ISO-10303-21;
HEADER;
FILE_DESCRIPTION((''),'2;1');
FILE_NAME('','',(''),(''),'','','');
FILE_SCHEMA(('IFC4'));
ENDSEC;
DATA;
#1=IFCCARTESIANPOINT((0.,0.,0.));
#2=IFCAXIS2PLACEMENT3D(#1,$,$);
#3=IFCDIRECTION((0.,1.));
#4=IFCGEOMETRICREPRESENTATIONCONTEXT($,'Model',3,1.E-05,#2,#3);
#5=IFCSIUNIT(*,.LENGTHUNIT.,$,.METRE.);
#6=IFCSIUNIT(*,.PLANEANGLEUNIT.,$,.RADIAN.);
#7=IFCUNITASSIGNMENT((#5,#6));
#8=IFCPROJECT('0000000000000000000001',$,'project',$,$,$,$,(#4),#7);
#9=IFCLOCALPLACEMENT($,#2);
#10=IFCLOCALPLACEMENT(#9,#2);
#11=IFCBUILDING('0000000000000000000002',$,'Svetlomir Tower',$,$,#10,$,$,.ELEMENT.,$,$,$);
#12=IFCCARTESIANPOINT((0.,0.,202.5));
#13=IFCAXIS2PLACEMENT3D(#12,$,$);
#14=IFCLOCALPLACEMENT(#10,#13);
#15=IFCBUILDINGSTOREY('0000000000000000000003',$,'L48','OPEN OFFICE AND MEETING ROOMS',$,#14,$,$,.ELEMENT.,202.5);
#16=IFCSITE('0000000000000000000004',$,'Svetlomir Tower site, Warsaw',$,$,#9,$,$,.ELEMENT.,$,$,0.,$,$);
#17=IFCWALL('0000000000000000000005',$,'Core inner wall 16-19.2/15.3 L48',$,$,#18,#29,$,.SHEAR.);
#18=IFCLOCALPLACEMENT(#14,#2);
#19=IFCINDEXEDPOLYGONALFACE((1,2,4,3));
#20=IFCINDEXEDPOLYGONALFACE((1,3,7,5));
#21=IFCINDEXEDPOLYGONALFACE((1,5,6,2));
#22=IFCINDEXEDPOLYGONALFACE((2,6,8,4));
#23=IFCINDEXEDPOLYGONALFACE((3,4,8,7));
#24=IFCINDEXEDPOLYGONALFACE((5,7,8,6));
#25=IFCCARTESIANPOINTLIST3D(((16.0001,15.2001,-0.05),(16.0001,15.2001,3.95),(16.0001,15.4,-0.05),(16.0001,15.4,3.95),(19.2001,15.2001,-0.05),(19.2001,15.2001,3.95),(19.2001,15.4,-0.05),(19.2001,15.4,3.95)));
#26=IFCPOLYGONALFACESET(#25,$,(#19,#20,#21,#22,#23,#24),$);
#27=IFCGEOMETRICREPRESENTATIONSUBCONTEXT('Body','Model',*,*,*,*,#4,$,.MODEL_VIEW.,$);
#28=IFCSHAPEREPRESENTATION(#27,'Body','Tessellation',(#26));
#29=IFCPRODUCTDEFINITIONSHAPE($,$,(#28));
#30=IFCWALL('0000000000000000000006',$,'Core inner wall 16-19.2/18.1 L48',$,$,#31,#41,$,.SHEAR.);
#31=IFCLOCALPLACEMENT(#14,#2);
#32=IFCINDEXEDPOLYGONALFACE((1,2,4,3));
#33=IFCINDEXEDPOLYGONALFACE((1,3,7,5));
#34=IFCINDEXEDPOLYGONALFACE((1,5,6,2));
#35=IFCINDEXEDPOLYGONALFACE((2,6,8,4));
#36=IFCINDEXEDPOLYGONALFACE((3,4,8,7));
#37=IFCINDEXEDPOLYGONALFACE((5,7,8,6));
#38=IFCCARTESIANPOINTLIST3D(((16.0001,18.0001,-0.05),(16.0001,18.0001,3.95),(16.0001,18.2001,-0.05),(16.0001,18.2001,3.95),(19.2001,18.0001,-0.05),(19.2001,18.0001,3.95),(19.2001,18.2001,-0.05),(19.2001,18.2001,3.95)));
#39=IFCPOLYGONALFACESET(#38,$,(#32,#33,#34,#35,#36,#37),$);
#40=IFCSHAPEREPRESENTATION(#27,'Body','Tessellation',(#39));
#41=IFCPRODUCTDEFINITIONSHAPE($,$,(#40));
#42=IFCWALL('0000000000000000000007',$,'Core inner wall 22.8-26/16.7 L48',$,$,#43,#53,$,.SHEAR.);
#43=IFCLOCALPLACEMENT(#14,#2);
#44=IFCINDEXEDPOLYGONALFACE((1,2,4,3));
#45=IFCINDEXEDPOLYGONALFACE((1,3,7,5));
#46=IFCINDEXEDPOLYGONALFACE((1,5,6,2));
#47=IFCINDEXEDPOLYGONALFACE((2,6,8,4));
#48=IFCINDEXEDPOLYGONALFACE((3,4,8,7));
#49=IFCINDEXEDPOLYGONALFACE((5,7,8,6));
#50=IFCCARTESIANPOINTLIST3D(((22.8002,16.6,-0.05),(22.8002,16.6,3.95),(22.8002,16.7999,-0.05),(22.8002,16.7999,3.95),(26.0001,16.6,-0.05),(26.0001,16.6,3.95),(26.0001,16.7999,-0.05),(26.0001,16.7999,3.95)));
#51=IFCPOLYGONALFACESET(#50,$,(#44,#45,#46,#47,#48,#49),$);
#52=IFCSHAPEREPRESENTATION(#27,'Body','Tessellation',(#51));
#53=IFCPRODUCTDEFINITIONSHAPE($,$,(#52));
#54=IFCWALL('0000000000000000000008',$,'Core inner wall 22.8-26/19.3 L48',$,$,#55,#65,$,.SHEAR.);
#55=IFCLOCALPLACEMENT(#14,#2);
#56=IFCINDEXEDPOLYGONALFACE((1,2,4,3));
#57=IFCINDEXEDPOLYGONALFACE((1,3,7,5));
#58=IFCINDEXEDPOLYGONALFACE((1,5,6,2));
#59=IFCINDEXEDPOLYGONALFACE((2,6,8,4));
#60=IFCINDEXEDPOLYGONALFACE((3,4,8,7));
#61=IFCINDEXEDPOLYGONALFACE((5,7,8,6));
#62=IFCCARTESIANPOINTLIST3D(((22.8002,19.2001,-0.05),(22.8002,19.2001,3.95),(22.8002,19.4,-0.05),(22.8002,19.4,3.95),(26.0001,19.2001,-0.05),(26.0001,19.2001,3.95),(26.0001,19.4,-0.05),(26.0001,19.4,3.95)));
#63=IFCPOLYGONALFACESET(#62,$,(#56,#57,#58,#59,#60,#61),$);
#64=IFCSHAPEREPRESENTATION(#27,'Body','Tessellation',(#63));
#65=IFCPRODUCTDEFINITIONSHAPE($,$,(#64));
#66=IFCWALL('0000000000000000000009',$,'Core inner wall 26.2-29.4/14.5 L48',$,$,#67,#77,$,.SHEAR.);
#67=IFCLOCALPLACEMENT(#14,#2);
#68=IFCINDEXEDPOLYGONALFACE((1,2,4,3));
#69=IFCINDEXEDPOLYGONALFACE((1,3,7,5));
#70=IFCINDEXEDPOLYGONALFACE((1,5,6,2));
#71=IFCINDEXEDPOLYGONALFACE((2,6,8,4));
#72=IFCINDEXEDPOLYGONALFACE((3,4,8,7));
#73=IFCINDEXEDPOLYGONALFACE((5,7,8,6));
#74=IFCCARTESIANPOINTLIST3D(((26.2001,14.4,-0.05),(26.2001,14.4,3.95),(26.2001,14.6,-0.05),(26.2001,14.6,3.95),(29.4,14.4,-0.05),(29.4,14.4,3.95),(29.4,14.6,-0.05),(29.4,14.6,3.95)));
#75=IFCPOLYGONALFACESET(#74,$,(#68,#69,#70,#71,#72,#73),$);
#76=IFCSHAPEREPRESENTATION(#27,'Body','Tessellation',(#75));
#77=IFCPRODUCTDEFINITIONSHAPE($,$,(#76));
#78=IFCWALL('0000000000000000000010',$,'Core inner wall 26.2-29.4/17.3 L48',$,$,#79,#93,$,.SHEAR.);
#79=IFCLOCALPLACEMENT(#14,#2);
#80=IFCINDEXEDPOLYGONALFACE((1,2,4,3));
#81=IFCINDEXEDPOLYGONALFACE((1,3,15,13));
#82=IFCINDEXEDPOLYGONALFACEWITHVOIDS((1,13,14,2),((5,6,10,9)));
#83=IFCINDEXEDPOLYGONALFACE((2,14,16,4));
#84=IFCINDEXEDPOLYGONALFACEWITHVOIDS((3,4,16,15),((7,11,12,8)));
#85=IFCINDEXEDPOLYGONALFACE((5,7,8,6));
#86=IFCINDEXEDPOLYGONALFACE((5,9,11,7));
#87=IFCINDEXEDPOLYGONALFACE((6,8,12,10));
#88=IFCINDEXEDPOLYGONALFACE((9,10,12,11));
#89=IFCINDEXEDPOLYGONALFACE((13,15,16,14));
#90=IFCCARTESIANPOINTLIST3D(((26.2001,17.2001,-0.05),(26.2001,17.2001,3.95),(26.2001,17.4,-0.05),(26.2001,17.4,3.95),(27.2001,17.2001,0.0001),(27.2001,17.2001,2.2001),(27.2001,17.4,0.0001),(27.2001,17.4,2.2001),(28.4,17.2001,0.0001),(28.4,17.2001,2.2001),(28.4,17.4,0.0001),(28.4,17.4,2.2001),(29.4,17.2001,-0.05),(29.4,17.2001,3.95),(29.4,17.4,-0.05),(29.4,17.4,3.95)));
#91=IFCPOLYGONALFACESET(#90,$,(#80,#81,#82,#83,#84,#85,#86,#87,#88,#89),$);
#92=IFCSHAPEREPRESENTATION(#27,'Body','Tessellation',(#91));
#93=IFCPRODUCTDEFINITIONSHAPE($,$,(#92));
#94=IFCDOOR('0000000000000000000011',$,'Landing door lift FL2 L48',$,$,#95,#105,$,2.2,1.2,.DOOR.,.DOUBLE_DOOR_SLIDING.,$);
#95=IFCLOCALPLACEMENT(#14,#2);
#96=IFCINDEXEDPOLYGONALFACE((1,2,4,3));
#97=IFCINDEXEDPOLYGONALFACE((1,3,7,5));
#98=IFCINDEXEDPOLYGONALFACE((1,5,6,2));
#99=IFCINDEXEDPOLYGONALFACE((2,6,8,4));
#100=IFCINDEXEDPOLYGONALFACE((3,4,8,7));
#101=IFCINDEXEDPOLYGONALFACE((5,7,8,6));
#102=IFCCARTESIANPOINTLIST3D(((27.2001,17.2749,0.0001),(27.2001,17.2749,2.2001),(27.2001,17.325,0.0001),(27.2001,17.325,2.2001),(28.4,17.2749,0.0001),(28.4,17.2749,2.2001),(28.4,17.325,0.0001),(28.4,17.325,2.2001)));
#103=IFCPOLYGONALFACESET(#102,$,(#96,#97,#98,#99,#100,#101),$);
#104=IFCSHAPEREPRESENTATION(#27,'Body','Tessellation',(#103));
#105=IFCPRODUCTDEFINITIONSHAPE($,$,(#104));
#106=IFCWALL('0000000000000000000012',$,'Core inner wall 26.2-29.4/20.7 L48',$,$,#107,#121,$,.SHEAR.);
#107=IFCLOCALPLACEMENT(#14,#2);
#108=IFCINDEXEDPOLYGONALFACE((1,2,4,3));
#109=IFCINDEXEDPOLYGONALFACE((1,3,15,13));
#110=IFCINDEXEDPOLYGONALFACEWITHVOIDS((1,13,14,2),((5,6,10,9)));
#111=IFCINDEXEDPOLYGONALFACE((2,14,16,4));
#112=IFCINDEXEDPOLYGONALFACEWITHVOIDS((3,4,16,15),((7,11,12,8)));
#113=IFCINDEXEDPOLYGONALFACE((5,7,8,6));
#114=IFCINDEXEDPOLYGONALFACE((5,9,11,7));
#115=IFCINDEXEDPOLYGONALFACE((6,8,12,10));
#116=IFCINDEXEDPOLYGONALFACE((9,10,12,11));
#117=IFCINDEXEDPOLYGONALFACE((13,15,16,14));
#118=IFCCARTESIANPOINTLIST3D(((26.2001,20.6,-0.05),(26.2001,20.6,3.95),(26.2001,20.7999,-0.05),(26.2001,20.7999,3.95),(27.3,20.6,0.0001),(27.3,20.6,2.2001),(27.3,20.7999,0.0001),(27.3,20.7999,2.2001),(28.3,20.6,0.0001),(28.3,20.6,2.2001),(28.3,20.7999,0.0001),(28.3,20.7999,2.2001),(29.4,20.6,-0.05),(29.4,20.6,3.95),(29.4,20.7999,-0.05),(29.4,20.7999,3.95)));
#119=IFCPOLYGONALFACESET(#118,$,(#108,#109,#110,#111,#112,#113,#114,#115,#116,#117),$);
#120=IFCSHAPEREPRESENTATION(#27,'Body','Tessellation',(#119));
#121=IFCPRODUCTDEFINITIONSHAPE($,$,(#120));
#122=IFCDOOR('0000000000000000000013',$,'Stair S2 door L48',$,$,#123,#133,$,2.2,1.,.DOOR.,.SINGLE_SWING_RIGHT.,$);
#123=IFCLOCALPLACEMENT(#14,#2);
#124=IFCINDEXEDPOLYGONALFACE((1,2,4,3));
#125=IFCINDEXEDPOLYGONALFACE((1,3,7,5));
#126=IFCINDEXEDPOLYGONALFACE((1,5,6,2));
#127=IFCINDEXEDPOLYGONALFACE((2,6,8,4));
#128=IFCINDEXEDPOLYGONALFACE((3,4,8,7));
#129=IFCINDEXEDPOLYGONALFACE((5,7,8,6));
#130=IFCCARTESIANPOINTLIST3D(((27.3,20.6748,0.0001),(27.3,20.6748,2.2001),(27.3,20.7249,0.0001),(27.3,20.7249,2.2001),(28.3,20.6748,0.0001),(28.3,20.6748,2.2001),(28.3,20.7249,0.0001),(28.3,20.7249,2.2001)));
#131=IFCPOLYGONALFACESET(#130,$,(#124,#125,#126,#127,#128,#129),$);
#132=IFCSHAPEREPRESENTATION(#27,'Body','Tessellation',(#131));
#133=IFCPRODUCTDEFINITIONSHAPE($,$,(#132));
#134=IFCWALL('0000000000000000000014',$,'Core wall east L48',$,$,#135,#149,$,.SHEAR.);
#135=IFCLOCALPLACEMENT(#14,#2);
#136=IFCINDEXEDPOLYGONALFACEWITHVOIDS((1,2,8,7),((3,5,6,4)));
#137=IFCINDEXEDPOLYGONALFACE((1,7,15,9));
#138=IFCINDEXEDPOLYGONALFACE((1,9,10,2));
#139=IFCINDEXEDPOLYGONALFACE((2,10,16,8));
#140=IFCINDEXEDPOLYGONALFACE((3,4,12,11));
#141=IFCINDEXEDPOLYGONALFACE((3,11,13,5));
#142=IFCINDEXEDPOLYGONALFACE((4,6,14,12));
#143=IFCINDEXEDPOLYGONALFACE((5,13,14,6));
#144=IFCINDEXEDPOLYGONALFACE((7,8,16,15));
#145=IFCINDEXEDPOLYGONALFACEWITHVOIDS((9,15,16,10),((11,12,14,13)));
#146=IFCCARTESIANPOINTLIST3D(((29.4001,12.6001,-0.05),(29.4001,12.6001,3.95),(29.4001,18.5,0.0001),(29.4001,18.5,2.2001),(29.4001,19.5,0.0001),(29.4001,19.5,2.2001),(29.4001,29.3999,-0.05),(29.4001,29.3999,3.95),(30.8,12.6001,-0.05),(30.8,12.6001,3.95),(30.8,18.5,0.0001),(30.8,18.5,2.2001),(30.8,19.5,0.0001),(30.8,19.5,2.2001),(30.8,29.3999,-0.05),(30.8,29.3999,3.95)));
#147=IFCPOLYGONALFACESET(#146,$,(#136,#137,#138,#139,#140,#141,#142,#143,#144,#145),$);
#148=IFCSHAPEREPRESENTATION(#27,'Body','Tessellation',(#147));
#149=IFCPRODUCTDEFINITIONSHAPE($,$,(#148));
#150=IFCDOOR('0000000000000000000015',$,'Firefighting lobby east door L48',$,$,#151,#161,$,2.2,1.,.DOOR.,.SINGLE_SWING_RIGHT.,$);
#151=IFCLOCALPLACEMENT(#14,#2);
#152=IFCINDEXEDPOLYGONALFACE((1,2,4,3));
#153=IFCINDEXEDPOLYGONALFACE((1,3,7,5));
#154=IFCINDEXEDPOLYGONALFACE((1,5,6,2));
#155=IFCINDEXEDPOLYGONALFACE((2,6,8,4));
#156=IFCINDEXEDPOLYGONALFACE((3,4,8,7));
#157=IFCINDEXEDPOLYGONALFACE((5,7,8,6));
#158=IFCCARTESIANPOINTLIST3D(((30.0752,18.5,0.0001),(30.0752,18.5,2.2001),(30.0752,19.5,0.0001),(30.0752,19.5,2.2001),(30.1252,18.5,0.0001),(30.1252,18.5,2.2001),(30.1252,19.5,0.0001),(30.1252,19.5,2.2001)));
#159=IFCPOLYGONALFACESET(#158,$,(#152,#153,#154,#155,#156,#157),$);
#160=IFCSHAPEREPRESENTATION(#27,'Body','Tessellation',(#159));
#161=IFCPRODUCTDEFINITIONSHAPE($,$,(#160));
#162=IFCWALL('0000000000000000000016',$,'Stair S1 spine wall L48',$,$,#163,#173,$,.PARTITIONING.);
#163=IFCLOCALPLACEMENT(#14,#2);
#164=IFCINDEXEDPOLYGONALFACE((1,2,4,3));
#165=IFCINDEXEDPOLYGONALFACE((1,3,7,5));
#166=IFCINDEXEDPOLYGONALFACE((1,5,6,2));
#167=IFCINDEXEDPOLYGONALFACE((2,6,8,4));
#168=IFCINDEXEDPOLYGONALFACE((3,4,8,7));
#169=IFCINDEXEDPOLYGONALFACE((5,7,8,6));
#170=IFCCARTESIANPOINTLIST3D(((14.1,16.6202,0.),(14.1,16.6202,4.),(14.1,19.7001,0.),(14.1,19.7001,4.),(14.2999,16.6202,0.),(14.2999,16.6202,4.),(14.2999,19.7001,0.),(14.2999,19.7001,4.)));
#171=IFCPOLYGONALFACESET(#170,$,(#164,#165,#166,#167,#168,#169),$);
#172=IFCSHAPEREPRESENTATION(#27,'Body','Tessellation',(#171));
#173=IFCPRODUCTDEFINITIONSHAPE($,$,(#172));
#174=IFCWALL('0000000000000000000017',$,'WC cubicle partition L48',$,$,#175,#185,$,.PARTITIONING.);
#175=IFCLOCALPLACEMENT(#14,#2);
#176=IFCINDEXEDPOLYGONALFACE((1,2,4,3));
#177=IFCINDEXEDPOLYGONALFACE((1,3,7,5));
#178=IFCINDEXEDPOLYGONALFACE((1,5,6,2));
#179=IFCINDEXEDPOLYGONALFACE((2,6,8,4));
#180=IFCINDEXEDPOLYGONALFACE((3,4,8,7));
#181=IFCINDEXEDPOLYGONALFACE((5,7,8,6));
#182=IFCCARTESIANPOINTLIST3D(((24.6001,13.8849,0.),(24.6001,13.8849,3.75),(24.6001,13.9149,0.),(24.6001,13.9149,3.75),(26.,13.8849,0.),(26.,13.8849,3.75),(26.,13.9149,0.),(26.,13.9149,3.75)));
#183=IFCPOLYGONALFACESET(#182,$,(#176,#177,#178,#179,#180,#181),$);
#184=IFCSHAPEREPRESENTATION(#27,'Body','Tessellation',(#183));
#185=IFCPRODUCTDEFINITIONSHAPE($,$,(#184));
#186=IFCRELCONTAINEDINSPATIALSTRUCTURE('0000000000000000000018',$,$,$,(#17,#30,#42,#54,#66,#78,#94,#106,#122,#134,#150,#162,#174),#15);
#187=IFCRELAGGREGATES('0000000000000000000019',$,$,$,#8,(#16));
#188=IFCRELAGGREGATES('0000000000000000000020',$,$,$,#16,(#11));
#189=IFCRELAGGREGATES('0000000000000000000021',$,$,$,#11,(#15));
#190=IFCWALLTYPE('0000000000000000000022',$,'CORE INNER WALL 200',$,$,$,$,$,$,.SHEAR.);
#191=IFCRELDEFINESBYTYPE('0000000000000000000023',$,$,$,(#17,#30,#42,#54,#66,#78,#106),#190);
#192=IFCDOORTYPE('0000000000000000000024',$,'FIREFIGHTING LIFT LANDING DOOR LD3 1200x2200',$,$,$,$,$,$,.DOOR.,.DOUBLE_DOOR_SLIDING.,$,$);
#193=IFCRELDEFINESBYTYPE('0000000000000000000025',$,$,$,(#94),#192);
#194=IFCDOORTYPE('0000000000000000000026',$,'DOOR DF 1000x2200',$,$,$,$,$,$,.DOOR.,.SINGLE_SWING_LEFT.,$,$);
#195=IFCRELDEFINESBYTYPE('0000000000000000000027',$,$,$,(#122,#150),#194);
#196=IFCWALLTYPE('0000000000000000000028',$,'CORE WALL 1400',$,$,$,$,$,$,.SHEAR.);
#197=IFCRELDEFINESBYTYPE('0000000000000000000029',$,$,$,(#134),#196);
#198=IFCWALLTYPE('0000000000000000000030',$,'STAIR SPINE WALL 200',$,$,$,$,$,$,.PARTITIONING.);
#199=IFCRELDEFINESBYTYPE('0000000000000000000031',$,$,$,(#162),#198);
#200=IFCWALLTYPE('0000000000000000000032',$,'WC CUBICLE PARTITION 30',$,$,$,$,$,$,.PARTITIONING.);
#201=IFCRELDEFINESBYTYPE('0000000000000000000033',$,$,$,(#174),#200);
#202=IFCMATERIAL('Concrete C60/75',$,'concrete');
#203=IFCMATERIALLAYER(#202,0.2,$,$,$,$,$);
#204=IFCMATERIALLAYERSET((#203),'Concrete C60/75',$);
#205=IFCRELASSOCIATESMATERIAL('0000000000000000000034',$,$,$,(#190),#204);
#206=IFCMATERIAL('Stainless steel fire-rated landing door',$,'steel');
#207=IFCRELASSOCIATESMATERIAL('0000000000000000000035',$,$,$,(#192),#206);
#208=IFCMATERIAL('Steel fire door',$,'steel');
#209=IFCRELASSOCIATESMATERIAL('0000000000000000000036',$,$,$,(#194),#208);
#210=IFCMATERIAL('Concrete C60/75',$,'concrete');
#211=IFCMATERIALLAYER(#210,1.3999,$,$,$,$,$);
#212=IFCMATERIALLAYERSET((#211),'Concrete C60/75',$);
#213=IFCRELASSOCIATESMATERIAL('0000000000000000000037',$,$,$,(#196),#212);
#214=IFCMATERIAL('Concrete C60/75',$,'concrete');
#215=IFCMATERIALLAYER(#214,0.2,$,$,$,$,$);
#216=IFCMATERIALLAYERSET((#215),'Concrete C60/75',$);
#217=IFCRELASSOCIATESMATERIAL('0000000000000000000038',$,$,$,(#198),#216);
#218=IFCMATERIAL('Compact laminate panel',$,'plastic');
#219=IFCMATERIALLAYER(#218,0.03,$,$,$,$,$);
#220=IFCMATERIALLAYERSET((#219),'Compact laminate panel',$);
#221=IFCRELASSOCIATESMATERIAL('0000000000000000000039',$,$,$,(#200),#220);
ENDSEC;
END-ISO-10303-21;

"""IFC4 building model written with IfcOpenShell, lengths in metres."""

from ifc_helpers import new_model, si_unit, direction, frame, frame_2d, origin, place, context, subcontext, project, spatial, rectangle, extrude, material, layer, layer_set, type_object, element, fill, save


model = new_model("IFC4")

# Units and contexts
model_context = context("Model", 3, precision=1e-05, world=origin(), true_north=direction((0.0, 1.0)))
body_context = subcontext(model_context, "Body", "Model", "MODEL_VIEW")
ifc_project = project(units=[si_unit("LENGTHUNIT", "METRE"), si_unit("PLANEANGLEUNIT", "RADIAN")], contexts=[model_context])

# Site, building, storey
site_placement = place(None, origin())
site = spatial("IfcSite", under=ifc_project, at=site_placement, Name="Svetlomir Tower site, Warsaw", CompositionType="ELEMENT", RefElevation=0.0)
building_placement = place(site_placement, origin())
building = spatial("IfcBuilding", under=site, at=building_placement, Name="Svetlomir Tower", CompositionType="ELEMENT")
storey_placement = place(building_placement, frame((0.0, 0.0, 202.5)))
storey = spatial("IfcBuildingStorey", under=building, at=storey_placement, Name="L48", Description="OPEN OFFICE AND MEETING ROOMS", CompositionType="ELEMENT", Elevation=202.5)

# Walls
ifc_material_1 = material(Name="Concrete C60/75", Category="concrete")
ifc_layer_1 = layer(ifc_material_1, 0.2)
ifc_layer_set_1 = layer_set([ifc_layer_1], Name="Concrete C60/75")
wall_type_1 = type_object("IfcWallType", Name="CORE INNER WALL 200", PredefinedType="SHEAR", material=ifc_layer_set_1)
for number, where, z_axis, x_axis, name in (
    (1, (16.0, 15.3, -0.05), (0.0, 0.0, 1.0), (1.0, 0.0, 0.0), "Core inner wall 16-19.2/15.3 L48"),
    (2, (16.0, 18.1001, -0.05), (0.0, 0.0, 1.0), (1.0, 0.0, 0.0), "Core inner wall 16-19.2/18.1 L48"),
    (3, (22.8, 16.7, -0.05), (0.0, 0.0, 1.0), (1.0, 0.0, 0.0), "Core inner wall 22.8-26/16.7 L48"),
    (4, (22.8, 19.3, -0.05), (0.0, 0.0, 1.0), (1.0, 0.0, 0.0), "Core inner wall 22.8-26/19.3 L48"),
    (5, (26.2, 14.5, -0.05), (0.0, 0.0, 1.0), (1.0, 0.0, 0.0), "Core inner wall 26.2-29.4/14.5 L48"),
):
    element("IfcWall", number, at=place(storey_placement, frame(where, z_axis=z_axis, x_axis=x_axis)), inside=storey, type_object=wall_type_1, Name=name, PredefinedType="SHEAR", context=body_context, shape_type="SweptSolid", body=[
        extrude(rectangle(XDim=3.2, YDim=0.2, at=frame_2d((1.6001, 0.0))), origin(), (0.0, 0.0, 1.0), 4.0),
    ])

# Walls, openings, doors
wall_1_placement = place(storey_placement, frame((26.2, 17.3, -0.05), z_axis=(0.0, 0.0, 1.0), x_axis=(1.0, 0.0, 0.0)))
wall_1 = element("IfcWall", 6, at=wall_1_placement, inside=storey, type_object=wall_type_1, Name="Core inner wall 26.2-29.4/17.3 L48", PredefinedType="SHEAR", context=body_context, shape_type="SweptSolid", body=[
    extrude(rectangle(XDim=3.2, YDim=0.2, at=frame_2d((1.6001, 0.0))), origin(), (0.0, 0.0, 1.0), 4.0),
])
opening_1_placement = place(wall_1_placement, frame((1.0, 0.0, 0.05)))
opening_1 = element("IfcOpeningElement", 7, at=opening_1_placement, cuts=wall_1, PredefinedType="OPENING", context=body_context, shape_type="SweptSolid", body=[
    extrude(rectangle(XDim=1.2, YDim=2.2, at=frame_2d((0.6001, 1.1001))), frame((0.0, 0.1099, 0.0), z_axis=(0.0, -1.0, 0.0), x_axis=(1.0, 0.0, 0.0)), (0.0, 0.0, 1.0), 0.22),
])
ifc_material_2 = material(Name="Stainless steel fire-rated landing door", Category="steel")
door_type_1 = type_object("IfcDoorType", Name="FIREFIGHTING LIFT LANDING DOOR LD3 1200x2200", OperationType="DOUBLE_DOOR_SLIDING", PredefinedType="DOOR", material=ifc_material_2)
door_1_placement = place(opening_1_placement, origin())
door_1 = element("IfcDoor", 8, at=door_1_placement, inside=storey, type_object=door_type_1, Name="Landing door lift FL2 L48", OperationType="DOUBLE_DOOR_SLIDING", OverallHeight=2.2, OverallWidth=1.2, PredefinedType="DOOR", context=body_context, shape_type="SweptSolid", body=[
    extrude(rectangle(XDim=1.2, YDim=2.2, at=frame_2d((0.6001, 1.1001))), frame((0.0, 0.0249, 0.0), z_axis=(0.0, -1.0, 0.0), x_axis=(1.0, 0.0, 0.0)), (0.0, 0.0, 1.0), 0.05),
])
fill(opening_1, door_1)
wall_2_placement = place(storey_placement, frame((26.2, 20.7, -0.05), z_axis=(0.0, 0.0, 1.0), x_axis=(1.0, 0.0, 0.0)))
wall_2 = element("IfcWall", 9, at=wall_2_placement, inside=storey, type_object=wall_type_1, Name="Core inner wall 26.2-29.4/20.7 L48", PredefinedType="SHEAR", context=body_context, shape_type="SweptSolid", body=[
    extrude(rectangle(XDim=3.2, YDim=0.2, at=frame_2d((1.6001, 0.0))), origin(), (0.0, 0.0, 1.0), 4.0),
])
opening_2_placement = place(wall_2_placement, frame((1.1001, 0.0, 0.05)))
opening_2 = element("IfcOpeningElement", 10, at=opening_2_placement, cuts=wall_2, PredefinedType="OPENING", context=body_context, shape_type="SweptSolid", body=[
    extrude(rectangle(XDim=1.0, YDim=2.2, at=frame_2d((0.5, 1.1001))), frame((0.0, 0.1099, 0.0), z_axis=(0.0, -1.0, 0.0), x_axis=(1.0, 0.0, 0.0)), (0.0, 0.0, 1.0), 0.22),
])
ifc_material_3 = material(Name="Steel fire door", Category="steel")
door_type_2 = type_object("IfcDoorType", Name="DOOR DF 1000x2200", OperationType="SINGLE_SWING_LEFT", PredefinedType="DOOR", material=ifc_material_3)
door_2_placement = place(opening_2_placement, origin())
door_2 = element("IfcDoor", 11, at=door_2_placement, inside=storey, type_object=door_type_2, Name="Stair S2 door L48", OperationType="SINGLE_SWING_RIGHT", OverallHeight=2.2, OverallWidth=1.0, PredefinedType="DOOR", context=body_context, shape_type="SweptSolid", body=[
    extrude(rectangle(XDim=1.0, YDim=2.2, at=frame_2d((0.5, 1.1001))), frame((0.0, 0.0249, 0.0), z_axis=(0.0, -1.0, 0.0), x_axis=(1.0, 0.0, 0.0)), (0.0, 0.0, 1.0), 0.05),
])
fill(opening_2, door_2)
ifc_material_4 = material(Name="Concrete C60/75", Category="concrete")
ifc_layer_2 = layer(ifc_material_4, 1.3999)
ifc_layer_set_2 = layer_set([ifc_layer_2], Name="Concrete C60/75")
wall_type_2 = type_object("IfcWallType", Name="CORE WALL 1400", PredefinedType="SHEAR", material=ifc_layer_set_2)
wall_3_placement = place(storey_placement, frame((30.1001, 12.6001, -0.05), z_axis=(0.0, 0.0, 1.0), x_axis=(0.0, 1.0, 0.0)))
wall_3 = element("IfcWall", 12, at=wall_3_placement, inside=storey, type_object=wall_type_2, Name="Core wall east L48", PredefinedType="SHEAR", context=body_context, shape_type="SweptSolid", body=[
    extrude(rectangle(XDim=16.7998, YDim=1.3999, at=frame_2d((8.3999, 0.0))), origin(), (0.0, 0.0, 1.0), 4.0),
])
opening_3_placement = place(wall_3_placement, frame((5.8999, 0.0, 0.05)))
opening_3 = element("IfcOpeningElement", 13, at=opening_3_placement, cuts=wall_3, PredefinedType="OPENING", context=body_context, shape_type="SweptSolid", body=[
    extrude(rectangle(XDim=1.0, YDim=2.2, at=frame_2d((0.5, 1.1001))), frame((0.0, 0.71, 0.0), z_axis=(0.0, -1.0, 0.0), x_axis=(1.0, 0.0, 0.0)), (0.0, 0.0, 1.0), 1.4199),
])
door_3_placement = place(opening_3_placement, origin())
door_3 = element("IfcDoor", 14, at=door_3_placement, inside=storey, type_object=door_type_2, Name="Firefighting lobby east door L48", OperationType="SINGLE_SWING_RIGHT", OverallHeight=2.2, OverallWidth=1.0, PredefinedType="DOOR", context=body_context, shape_type="SweptSolid", body=[
    extrude(rectangle(XDim=1.0, YDim=2.2, at=frame_2d((0.5, 1.1001))), frame((0.0, 0.0249, 0.0), z_axis=(0.0, -1.0, 0.0), x_axis=(1.0, 0.0, 0.0)), (0.0, 0.0, 1.0), 0.05),
])
fill(opening_3, door_3)

# Walls
ifc_material_5 = material(Name="Concrete C60/75", Category="concrete")
ifc_layer_3 = layer(ifc_material_5, 0.2)
ifc_layer_set_3 = layer_set([ifc_layer_3], Name="Concrete C60/75")
wall_type_3 = type_object("IfcWallType", Name="STAIR SPINE WALL 200", PredefinedType="PARTITIONING", material=ifc_layer_set_3)
wall_4_placement = place(storey_placement, frame((14.2, 16.6201, 0.0), z_axis=(0.0, 0.0, 1.0), x_axis=(0.0, 1.0, 0.0)))
element("IfcWall", 15, at=wall_4_placement, inside=storey, type_object=wall_type_3, Name="Stair S1 spine wall L48", PredefinedType="PARTITIONING", context=body_context, shape_type="SweptSolid", body=[
    extrude(rectangle(XDim=3.0798, YDim=0.2, at=frame_2d((1.54, 0.0))), origin(), (0.0, 0.0, 1.0), 4.0),
])
ifc_material_6 = material(Name="Compact laminate panel", Category="plastic")
ifc_layer_4 = layer(ifc_material_6, 0.03)
ifc_layer_set_4 = layer_set([ifc_layer_4], Name="Compact laminate panel")
wall_type_4 = type_object("IfcWallType", Name="WC CUBICLE PARTITION 30", PredefinedType="PARTITIONING", material=ifc_layer_set_4)
for number, where, z_axis, x_axis, name in (
    (16, (24.6001, 13.8999, 0.0), (0.0, 0.0, 1.0), (1.0, 0.0, 0.0), "WC cubicle partition L48"),
):
    element("IfcWall", number, at=place(storey_placement, frame(where, z_axis=z_axis, x_axis=x_axis)), inside=storey, type_object=wall_type_4, Name=name, PredefinedType="PARTITIONING", context=body_context, shape_type="SweptSolid", body=[
        extrude(rectangle(XDim=1.3999, YDim=0.03, at=frame_2d((0.7, 0.0))), origin(), (0.0, 0.0, 1.0), 3.75),
    ])

save(model, "model.ifc")
